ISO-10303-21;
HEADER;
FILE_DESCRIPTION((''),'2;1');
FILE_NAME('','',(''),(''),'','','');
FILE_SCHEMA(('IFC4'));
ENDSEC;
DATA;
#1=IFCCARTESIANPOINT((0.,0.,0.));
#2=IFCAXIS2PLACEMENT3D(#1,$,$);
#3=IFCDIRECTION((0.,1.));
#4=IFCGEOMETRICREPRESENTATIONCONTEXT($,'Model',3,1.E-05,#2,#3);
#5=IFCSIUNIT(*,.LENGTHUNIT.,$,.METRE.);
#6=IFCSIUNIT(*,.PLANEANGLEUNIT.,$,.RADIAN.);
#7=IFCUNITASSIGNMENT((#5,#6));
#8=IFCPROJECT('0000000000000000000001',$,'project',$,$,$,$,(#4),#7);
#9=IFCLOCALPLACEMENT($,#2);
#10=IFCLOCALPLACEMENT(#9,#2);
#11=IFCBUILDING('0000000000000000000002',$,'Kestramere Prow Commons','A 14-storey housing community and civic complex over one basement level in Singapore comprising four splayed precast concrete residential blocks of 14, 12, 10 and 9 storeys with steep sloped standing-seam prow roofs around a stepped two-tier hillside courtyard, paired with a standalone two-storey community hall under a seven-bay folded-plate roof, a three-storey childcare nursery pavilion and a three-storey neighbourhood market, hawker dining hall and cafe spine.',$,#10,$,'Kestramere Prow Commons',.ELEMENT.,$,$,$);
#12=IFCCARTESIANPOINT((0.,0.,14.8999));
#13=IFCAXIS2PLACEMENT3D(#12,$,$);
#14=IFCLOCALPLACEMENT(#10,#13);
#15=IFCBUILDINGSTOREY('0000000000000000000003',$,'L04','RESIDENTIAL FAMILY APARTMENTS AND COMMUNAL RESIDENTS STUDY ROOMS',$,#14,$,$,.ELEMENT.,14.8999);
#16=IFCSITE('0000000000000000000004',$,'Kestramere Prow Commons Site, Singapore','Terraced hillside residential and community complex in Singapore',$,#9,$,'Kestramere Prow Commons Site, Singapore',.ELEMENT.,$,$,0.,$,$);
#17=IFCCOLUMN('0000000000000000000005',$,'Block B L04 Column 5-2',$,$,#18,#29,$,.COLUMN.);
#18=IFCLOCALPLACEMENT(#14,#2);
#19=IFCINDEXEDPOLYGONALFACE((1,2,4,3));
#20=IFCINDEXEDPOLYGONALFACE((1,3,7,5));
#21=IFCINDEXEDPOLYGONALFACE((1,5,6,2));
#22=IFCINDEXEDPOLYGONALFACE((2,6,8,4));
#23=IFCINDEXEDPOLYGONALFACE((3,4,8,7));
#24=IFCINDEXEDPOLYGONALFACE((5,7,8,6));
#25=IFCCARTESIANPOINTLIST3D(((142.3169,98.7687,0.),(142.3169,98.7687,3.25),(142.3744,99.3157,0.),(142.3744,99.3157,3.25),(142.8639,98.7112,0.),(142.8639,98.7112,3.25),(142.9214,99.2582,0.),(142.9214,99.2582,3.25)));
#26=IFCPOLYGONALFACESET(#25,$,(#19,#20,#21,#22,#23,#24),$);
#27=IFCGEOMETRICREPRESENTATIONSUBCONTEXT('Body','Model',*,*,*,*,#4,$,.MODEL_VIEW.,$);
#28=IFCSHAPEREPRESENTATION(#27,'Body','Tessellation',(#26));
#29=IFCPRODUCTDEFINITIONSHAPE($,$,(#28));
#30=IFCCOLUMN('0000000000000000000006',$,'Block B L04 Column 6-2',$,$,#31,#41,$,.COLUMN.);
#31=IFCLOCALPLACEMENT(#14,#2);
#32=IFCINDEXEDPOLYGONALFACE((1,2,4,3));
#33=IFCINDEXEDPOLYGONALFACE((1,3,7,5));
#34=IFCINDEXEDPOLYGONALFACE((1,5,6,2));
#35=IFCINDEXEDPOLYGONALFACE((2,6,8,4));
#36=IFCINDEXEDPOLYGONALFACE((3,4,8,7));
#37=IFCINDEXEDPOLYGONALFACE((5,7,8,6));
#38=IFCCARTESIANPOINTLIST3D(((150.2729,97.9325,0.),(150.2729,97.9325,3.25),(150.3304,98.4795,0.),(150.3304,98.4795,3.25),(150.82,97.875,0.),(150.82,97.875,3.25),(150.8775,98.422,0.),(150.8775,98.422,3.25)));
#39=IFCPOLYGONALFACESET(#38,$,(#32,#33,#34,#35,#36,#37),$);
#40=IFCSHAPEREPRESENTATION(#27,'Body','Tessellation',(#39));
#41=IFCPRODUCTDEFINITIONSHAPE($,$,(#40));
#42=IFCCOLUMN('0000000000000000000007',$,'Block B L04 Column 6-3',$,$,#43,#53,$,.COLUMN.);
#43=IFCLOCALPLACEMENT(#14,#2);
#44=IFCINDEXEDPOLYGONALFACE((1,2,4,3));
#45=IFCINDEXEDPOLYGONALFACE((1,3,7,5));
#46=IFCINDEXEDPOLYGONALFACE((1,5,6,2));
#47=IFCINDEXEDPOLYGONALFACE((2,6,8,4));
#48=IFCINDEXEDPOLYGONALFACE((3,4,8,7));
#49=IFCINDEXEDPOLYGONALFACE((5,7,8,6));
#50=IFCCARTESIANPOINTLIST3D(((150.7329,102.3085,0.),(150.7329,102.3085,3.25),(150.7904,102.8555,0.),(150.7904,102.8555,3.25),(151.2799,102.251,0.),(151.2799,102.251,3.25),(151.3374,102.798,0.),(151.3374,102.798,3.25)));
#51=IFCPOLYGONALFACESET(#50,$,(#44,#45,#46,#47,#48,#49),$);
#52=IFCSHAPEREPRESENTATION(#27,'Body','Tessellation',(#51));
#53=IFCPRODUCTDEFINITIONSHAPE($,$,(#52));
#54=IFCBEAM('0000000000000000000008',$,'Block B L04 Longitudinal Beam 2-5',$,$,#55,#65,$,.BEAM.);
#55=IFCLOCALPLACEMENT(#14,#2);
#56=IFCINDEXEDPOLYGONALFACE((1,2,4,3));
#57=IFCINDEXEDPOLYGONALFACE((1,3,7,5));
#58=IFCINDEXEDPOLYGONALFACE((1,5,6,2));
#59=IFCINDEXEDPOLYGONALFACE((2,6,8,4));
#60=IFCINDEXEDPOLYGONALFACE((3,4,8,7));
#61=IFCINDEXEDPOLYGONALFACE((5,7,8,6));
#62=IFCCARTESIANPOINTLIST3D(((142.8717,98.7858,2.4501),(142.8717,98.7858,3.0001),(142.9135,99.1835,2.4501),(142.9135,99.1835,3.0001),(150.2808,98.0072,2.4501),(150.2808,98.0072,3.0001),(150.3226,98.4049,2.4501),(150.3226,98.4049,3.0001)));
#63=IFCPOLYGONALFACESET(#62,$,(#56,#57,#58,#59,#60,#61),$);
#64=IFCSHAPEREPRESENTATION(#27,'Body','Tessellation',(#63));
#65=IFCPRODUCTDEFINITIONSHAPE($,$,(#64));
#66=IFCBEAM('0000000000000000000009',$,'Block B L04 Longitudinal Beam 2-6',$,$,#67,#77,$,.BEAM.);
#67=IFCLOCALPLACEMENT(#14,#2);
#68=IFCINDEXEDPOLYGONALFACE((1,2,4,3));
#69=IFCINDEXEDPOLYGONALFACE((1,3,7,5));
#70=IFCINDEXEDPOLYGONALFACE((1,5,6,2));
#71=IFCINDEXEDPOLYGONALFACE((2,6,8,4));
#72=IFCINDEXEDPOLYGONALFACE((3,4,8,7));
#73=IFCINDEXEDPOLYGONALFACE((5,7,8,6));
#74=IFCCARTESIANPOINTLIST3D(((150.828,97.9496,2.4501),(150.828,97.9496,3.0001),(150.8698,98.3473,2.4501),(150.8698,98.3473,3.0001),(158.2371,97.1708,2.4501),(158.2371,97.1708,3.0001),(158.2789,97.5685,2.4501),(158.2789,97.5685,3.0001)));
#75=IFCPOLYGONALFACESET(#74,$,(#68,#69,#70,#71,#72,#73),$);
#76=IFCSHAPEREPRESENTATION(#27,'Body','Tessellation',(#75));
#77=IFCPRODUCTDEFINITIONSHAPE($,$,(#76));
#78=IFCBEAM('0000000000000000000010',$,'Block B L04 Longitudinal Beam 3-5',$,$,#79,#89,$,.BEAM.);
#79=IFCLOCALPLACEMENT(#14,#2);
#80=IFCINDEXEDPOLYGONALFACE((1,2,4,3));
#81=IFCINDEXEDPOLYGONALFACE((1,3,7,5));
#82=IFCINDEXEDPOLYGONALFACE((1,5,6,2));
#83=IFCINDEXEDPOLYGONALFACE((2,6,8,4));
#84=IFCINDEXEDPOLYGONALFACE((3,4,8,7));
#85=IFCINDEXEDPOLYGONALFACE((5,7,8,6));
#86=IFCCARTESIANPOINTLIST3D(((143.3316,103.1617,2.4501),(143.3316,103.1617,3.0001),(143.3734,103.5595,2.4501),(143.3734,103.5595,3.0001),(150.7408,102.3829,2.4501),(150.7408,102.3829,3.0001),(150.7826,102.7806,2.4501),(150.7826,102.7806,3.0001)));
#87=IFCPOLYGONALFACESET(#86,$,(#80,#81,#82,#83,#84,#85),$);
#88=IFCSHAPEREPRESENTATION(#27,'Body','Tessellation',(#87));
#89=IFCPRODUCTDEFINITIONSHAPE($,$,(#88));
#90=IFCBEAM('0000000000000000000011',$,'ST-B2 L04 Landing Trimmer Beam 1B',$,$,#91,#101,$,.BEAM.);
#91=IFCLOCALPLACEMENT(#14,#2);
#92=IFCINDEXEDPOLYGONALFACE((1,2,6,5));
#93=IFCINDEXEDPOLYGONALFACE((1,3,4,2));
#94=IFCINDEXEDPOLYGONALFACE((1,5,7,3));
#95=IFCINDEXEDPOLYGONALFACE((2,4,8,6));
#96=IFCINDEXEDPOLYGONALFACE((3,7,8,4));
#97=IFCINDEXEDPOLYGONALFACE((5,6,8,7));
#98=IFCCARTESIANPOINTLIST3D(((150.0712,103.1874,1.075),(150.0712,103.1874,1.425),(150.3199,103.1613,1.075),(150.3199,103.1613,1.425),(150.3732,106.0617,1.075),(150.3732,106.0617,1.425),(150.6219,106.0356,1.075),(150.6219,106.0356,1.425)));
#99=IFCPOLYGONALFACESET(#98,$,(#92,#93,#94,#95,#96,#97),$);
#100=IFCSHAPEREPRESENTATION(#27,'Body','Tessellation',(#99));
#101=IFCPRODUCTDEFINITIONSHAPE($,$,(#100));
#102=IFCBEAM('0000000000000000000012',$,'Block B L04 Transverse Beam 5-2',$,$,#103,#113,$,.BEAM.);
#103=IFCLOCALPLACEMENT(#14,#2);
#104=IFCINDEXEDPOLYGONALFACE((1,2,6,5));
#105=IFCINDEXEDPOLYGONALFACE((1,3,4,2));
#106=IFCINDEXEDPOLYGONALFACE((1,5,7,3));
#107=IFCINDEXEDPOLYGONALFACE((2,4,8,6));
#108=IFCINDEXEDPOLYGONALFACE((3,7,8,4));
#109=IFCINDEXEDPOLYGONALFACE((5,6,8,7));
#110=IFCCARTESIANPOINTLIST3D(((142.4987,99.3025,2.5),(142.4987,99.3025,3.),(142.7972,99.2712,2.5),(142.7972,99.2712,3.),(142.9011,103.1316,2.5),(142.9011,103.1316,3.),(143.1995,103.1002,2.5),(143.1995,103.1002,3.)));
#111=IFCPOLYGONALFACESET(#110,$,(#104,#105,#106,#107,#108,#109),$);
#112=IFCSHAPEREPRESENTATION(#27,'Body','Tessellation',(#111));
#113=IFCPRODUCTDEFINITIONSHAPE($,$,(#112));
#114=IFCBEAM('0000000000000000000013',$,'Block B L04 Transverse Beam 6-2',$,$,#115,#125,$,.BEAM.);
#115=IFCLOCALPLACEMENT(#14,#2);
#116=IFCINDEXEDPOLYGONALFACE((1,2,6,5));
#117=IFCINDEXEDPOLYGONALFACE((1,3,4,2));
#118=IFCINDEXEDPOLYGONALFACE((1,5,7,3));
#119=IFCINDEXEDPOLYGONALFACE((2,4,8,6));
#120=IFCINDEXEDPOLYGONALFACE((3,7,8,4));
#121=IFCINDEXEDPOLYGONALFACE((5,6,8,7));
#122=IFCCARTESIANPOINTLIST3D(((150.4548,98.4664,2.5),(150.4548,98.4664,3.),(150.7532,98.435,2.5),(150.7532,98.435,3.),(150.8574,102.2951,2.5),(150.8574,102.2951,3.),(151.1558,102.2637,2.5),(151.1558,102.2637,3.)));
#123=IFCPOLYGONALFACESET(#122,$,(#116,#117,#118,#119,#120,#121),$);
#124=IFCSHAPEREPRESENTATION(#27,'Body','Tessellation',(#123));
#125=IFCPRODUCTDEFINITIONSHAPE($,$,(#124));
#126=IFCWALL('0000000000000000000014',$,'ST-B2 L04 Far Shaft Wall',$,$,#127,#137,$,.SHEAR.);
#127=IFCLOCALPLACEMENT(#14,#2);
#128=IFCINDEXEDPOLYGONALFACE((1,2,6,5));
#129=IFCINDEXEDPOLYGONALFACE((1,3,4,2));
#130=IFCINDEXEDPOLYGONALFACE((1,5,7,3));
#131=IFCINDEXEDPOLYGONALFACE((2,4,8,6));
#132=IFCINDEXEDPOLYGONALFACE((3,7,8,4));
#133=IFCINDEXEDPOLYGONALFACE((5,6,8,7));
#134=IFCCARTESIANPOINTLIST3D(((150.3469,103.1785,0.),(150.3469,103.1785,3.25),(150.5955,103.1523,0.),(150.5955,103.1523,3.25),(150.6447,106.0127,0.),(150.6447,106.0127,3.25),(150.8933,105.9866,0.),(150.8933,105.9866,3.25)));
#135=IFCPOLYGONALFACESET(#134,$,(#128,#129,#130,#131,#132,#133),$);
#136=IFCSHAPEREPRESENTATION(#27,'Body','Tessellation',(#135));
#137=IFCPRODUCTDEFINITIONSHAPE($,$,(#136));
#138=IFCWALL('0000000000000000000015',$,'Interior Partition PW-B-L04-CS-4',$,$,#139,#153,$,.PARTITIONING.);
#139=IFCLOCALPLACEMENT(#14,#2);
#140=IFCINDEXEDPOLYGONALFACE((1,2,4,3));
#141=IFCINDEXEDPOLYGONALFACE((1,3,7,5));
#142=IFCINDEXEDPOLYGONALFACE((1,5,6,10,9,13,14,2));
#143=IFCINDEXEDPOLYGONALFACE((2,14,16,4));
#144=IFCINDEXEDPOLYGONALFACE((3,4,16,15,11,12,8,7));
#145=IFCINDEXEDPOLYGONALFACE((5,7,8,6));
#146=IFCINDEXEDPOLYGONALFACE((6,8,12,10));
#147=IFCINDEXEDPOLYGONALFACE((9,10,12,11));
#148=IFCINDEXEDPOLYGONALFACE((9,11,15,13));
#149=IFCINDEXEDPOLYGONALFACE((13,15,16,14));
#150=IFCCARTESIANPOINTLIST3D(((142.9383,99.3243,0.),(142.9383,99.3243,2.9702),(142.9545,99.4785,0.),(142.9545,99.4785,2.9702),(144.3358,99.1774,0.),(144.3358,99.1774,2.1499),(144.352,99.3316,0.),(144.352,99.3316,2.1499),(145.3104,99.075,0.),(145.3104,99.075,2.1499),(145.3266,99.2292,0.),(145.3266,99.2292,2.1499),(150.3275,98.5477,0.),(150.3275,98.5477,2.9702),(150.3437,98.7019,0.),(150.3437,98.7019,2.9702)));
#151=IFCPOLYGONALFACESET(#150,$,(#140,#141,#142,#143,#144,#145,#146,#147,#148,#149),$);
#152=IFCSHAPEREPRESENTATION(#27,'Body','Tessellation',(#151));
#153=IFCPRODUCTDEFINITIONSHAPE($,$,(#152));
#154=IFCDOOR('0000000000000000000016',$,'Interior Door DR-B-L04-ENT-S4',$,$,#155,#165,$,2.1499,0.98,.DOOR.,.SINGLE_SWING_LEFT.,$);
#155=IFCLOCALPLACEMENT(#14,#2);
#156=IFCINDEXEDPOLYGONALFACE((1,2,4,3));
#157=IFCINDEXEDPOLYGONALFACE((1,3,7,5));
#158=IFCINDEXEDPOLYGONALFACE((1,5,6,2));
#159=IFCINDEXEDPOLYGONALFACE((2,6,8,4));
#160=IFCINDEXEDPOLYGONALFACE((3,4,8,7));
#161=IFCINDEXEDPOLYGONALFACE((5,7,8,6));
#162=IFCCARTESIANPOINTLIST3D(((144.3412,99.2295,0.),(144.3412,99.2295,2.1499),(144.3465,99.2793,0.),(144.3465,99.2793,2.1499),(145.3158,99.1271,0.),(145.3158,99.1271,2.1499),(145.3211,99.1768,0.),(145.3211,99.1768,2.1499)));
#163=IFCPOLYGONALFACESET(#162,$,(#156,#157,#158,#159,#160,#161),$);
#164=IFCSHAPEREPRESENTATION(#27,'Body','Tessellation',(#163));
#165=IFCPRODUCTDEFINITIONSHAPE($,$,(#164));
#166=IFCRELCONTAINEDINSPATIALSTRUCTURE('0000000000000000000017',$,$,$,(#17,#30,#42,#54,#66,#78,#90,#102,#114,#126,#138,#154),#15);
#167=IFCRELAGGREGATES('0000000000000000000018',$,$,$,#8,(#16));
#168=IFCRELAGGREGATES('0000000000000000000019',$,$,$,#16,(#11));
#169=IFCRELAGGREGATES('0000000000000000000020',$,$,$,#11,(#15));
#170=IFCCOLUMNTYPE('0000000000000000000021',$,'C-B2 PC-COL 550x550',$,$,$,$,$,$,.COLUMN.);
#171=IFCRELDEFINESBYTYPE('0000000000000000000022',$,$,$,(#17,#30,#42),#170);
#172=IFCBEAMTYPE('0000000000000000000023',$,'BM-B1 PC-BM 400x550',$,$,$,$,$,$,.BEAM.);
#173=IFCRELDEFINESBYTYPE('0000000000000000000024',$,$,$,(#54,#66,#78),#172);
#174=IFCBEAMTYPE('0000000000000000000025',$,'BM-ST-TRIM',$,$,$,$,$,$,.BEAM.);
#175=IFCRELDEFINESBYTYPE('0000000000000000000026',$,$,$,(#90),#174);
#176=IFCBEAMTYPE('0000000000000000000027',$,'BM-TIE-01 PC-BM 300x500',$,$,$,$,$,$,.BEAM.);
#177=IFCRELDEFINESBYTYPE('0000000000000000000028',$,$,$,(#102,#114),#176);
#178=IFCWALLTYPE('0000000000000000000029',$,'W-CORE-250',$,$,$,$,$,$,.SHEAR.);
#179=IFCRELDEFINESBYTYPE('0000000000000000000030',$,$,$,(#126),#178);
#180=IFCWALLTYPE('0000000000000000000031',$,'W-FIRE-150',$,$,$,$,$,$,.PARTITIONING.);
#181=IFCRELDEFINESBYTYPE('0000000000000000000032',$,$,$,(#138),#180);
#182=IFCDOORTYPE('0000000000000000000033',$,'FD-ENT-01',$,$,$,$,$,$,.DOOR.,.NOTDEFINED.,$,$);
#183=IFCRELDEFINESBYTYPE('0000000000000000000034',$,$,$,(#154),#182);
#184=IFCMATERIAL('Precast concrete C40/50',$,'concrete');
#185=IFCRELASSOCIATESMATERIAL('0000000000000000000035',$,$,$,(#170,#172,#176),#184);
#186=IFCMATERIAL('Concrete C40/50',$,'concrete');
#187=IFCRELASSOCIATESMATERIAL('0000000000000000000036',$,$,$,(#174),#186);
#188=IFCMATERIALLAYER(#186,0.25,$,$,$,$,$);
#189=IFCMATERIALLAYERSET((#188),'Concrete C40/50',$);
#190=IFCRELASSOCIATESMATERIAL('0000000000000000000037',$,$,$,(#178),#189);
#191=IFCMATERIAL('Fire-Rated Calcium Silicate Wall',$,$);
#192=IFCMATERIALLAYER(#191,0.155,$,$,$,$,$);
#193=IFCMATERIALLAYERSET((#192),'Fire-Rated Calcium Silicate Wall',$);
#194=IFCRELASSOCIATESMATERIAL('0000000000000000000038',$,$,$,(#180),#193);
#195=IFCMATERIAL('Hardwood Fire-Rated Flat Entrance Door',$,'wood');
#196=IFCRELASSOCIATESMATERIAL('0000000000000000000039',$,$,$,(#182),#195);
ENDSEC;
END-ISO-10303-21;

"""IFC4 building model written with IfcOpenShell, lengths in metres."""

from ifc_helpers import new_model, si_unit, direction, frame, frame_2d, origin, origin_2d, place, context, subcontext, project, spatial, rectangle, extrude, material, layer, layer_set, material_profile, profile_set, type_object, element, fill, save


model = new_model("IFC4")

# Units and contexts
model_context = context("Model", 3, precision=1e-05, world=origin(), true_north=direction((0.0, 1.0)))
body_context = subcontext(model_context, "Body", "Model", "MODEL_VIEW")
ifc_project = project(units=[si_unit("LENGTHUNIT", "METRE"), si_unit("PLANEANGLEUNIT", "RADIAN")], contexts=[model_context])

# Site, building, storey
site_placement = place(None, origin())
site = spatial("IfcSite", under=ifc_project, at=site_placement, Name="Kestramere Prow Commons Site, Singapore", Description="Terraced hillside residential and community complex in Singapore", LongName="Kestramere Prow Commons Site, Singapore", CompositionType="ELEMENT", RefElevation=0.0)
building_placement = place(site_placement, origin())
building = spatial("IfcBuilding", under=site, at=building_placement, Name="Kestramere Prow Commons", Description="A 14-storey housing community and civic complex over one basement level in Singapore comprising four splayed precast concrete residential blocks of 14, 12, 10 and 9 storeys with steep sloped standing-seam prow roofs around a stepped two-tier hillside courtyard, paired with a standalone two-storey community hall under a seven-bay folded-plate roof, a three-storey childcare nursery pavilion and a three-storey neighbourhood market, hawker dining hall and cafe spine.", LongName="Kestramere Prow Commons", CompositionType="ELEMENT")
storey_placement = place(building_placement, frame((0.0, 0.0, 14.8999)))
storey = spatial("IfcBuildingStorey", under=building, at=storey_placement, Name="L04", Description="RESIDENTIAL FAMILY APARTMENTS AND COMMUNAL RESIDENTS STUDY ROOMS", CompositionType="ELEMENT", Elevation=14.8999)

# Columns
ifc_material_1 = material(Name="Precast concrete C40/50", Category="concrete")
ifc_material_profile_1 = material_profile(ifc_material_1, rectangle(XDim=0.55, YDim=0.55, at=origin_2d()), Name="PC-COL 550x550")
ifc_profile_set_1 = profile_set([ifc_material_profile_1], Name="Precast concrete C40/50")
column_type = type_object("IfcColumnType", Name="C-B2 PC-COL 550x550", PredefinedType="COLUMN", material=ifc_profile_set_1)
for number, where, z_axis, x_axis, name in (
    (1, (142.6191, 99.0134, 0.0), (0.0, 0.0, 1.0), (0.994522, -0.104528, 0.0), "Block B L04 Column 5-2"),
    (2, (150.5752, 98.1772, 0.0), (0.0, 0.0, 1.0), (0.994522, -0.104528, 0.0), "Block B L04 Column 6-2"),
    (3, (151.0352, 102.5532, 0.0), (0.0, 0.0, 1.0), (0.994522, -0.104528, 0.0), "Block B L04 Column 6-3"),
):
    element("IfcColumn", number, at=place(storey_placement, frame(where, z_axis=z_axis, x_axis=x_axis)), inside=storey, type_object=column_type, Name=name, PredefinedType="COLUMN", context=body_context, shape_type="SweptSolid", body=[
        extrude(rectangle(XDim=0.55, YDim=0.55, at=origin_2d()), origin(), (0.0, 0.0, 1.0), 3.25),
    ])

# Beams
ifc_material_profile_2 = material_profile(ifc_material_1, rectangle(XDim=0.3999, YDim=0.55, at=origin_2d()), Name="PC-BM 400x550")
ifc_profile_set_2 = profile_set([ifc_material_profile_2], Name="Precast concrete C40/50")
beam_type_1 = type_object("IfcBeamType", Name="BM-B1 PC-BM 400x550", PredefinedType="BEAM", material=ifc_profile_set_2)
for number, where, z_axis, x_axis, name in (
    (4, (142.8926, 98.9846, 2.7251), (0.994524, -0.104506, 0.0), (0.104506, 0.994524, 0.0), "Block B L04 Longitudinal Beam 2-5"),
    (5, (150.8489, 98.1484, 2.7251), (0.994521, -0.104538, 0.0), (0.104538, 0.994521, 0.0), "Block B L04 Longitudinal Beam 2-6"),
    (6, (143.3525, 103.3606, 2.7251), (0.994521, -0.104538, 0.0), (0.104538, 0.994521, 0.0), "Block B L04 Longitudinal Beam 3-5"),
):
    element("IfcBeam", number, at=place(storey_placement, frame(where, z_axis=z_axis, x_axis=x_axis)), inside=storey, type_object=beam_type_1, Name=name, PredefinedType="BEAM", context=body_context, shape_type="SweptSolid", body=[
        extrude(rectangle(XDim=0.3999, YDim=0.55, at=origin_2d()), origin(), (0.0, 0.0, 1.0), 7.45),
    ])
ifc_material_2 = material(Name="Concrete C40/50", Category="concrete")
ifc_material_profile_3 = material_profile(ifc_material_2, rectangle(XDim=0.25, YDim=0.3501, at=origin_2d()), Name="PC-BM 250x350")
ifc_profile_set_3 = profile_set([ifc_material_profile_3], Name="Concrete C40/50")
beam_type_2 = type_object("IfcBeamType", Name="BM-ST-TRIM", PredefinedType="BEAM", material=ifc_profile_set_3)
beam_1_placement = place(storey_placement, frame((150.1956, 103.1743, 1.25), z_axis=(0.104496, 0.994525, 0.0), x_axis=(-0.994525, 0.104496, 0.0)))
element("IfcBeam", 7, at=beam_1_placement, inside=storey, type_object=beam_type_2, Name="ST-B2 L04 Landing Trimmer Beam 1B", PredefinedType="BEAM", context=body_context, shape_type="SweptSolid", body=[
    extrude(rectangle(XDim=0.25, YDim=0.3501, at=origin_2d()), origin(), (0.0, 0.0, 1.0), 2.8901),
])
ifc_material_profile_4 = material_profile(ifc_material_1, rectangle(XDim=0.3, YDim=0.5, at=origin_2d()), Name="PC-BM 300x500")
ifc_profile_set_4 = profile_set([ifc_material_profile_4], Name="Precast concrete C40/50")
beam_type_3 = type_object("IfcBeamType", Name="BM-TIE-01 PC-BM 300x500", PredefinedType="BEAM", material=ifc_profile_set_4)
beam_2_placement = place(storey_placement, frame((142.6479, 99.2869, 2.75), z_axis=(0.1045, 0.994525, 0.0), x_axis=(-0.994525, 0.1045, 0.0)))
element("IfcBeam", 8, at=beam_2_placement, inside=storey, type_object=beam_type_3, Name="Block B L04 Transverse Beam 5-2", PredefinedType="BEAM", context=body_context, shape_type="SweptSolid", body=[
    extrude(rectangle(XDim=0.3, YDim=0.5, at=origin_2d()), origin(), (0.0, 0.0, 1.0), 3.8501),
])
beam_3_placement = place(storey_placement, frame((150.604, 98.4507, 2.75), z_axis=(0.104569, 0.994518, 0.0), x_axis=(-0.994518, 0.104569, 0.0)))
element("IfcBeam", 9, at=beam_3_placement, inside=storey, type_object=beam_type_3, Name="Block B L04 Transverse Beam 6-2", PredefinedType="BEAM", context=body_context, shape_type="SweptSolid", body=[
    extrude(rectangle(XDim=0.3, YDim=0.5, at=origin_2d()), origin(), (0.0, 0.0, 1.0), 3.8499),
])

# Wall
ifc_layer_1 = layer(ifc_material_2, 0.25)
ifc_layer_set_1 = layer_set([ifc_layer_1], Name="Concrete C40/50")
wall_type_1 = type_object("IfcWallType", Name="W-CORE-250", PredefinedType="SHEAR", material=ifc_layer_set_1)
wall_1_placement = place(storey_placement, frame((150.4712, 103.1655, 0.0), z_axis=(0.0, 0.0, 1.0), x_axis=(0.104515, 0.994523, 0.0)))
element("IfcWall", 10, at=wall_1_placement, inside=storey, type_object=wall_type_1, Name="ST-B2 L04 Far Shaft Wall", PredefinedType="SHEAR", context=body_context, shape_type="SweptSolid", body=[
    extrude(rectangle(XDim=2.8499, YDim=0.25, at=frame_2d((1.4248, 0.0))), origin(), (0.0, 0.0, 1.0), 3.25),
])

# Wall, opening, door
ifc_material_3 = material(Name="Fire-Rated Calcium Silicate Wall")
ifc_layer_2 = layer(ifc_material_3, 0.155)
ifc_layer_set_2 = layer_set([ifc_layer_2], Name="Fire-Rated Calcium Silicate Wall")
wall_type_2 = type_object("IfcWallType", Name="W-FIRE-150", PredefinedType="PARTITIONING", material=ifc_layer_set_2)
wall_2_placement = place(storey_placement, frame((142.9465, 99.4014, 0.0), z_axis=(0.0, 0.0, 1.0), x_axis=(0.994522, -0.104526, 0.0)))
wall_2 = element("IfcWall", 11, at=wall_2_placement, inside=storey, type_object=wall_type_2, Name="Interior Partition PW-B-L04-CS-4", PredefinedType="PARTITIONING", context=body_context, shape_type="SweptSolid", body=[
    extrude(rectangle(XDim=7.4299, YDim=0.155, at=frame_2d((3.7148, 0.0))), origin(), (0.0, 0.0, 1.0), 2.9702),
])
opening_1_placement = place(wall_2_placement, frame((1.405, 0.0, 0.0)))
opening_1 = element("IfcOpeningElement", 12, at=opening_1_placement, cuts=wall_2, PredefinedType="OPENING", context=body_context, shape_type="SweptSolid", body=[
    extrude(rectangle(XDim=0.98, YDim=2.1499, at=frame_2d((0.49, 1.075))), frame((0.0, 0.0925, 0.0), z_axis=(0.0, -1.0, 0.0), x_axis=(1.0, 0.0, 0.0)), (0.0, 0.0, 1.0), 0.1851),
])
ifc_material_4 = material(Name="Hardwood Fire-Rated Flat Entrance Door", Category="wood")
door_type_1 = type_object("IfcDoorType", Name="FD-ENT-01", OperationType="NOTDEFINED", PredefinedType="DOOR", material=ifc_material_4)
door_1_placement = place(opening_1_placement, origin())
door_1 = element("IfcDoor", 13, at=door_1_placement, inside=storey, type_object=door_type_1, Name="Interior Door DR-B-L04-ENT-S4", OperationType="SINGLE_SWING_LEFT", OverallHeight=2.1499, OverallWidth=0.98, PredefinedType="DOOR", context=body_context, shape_type="SweptSolid", body=[
    extrude(rectangle(XDim=0.98, YDim=2.1499, at=frame_2d((0.49, 1.075))), frame((0.0, 0.0249, 0.0), z_axis=(0.0, -1.0, 0.0), x_axis=(1.0, 0.0, 0.0)), (0.0, 0.0, 1.0), 0.05),
])
fill(opening_1, door_1)

save(model, "model.ifc")
